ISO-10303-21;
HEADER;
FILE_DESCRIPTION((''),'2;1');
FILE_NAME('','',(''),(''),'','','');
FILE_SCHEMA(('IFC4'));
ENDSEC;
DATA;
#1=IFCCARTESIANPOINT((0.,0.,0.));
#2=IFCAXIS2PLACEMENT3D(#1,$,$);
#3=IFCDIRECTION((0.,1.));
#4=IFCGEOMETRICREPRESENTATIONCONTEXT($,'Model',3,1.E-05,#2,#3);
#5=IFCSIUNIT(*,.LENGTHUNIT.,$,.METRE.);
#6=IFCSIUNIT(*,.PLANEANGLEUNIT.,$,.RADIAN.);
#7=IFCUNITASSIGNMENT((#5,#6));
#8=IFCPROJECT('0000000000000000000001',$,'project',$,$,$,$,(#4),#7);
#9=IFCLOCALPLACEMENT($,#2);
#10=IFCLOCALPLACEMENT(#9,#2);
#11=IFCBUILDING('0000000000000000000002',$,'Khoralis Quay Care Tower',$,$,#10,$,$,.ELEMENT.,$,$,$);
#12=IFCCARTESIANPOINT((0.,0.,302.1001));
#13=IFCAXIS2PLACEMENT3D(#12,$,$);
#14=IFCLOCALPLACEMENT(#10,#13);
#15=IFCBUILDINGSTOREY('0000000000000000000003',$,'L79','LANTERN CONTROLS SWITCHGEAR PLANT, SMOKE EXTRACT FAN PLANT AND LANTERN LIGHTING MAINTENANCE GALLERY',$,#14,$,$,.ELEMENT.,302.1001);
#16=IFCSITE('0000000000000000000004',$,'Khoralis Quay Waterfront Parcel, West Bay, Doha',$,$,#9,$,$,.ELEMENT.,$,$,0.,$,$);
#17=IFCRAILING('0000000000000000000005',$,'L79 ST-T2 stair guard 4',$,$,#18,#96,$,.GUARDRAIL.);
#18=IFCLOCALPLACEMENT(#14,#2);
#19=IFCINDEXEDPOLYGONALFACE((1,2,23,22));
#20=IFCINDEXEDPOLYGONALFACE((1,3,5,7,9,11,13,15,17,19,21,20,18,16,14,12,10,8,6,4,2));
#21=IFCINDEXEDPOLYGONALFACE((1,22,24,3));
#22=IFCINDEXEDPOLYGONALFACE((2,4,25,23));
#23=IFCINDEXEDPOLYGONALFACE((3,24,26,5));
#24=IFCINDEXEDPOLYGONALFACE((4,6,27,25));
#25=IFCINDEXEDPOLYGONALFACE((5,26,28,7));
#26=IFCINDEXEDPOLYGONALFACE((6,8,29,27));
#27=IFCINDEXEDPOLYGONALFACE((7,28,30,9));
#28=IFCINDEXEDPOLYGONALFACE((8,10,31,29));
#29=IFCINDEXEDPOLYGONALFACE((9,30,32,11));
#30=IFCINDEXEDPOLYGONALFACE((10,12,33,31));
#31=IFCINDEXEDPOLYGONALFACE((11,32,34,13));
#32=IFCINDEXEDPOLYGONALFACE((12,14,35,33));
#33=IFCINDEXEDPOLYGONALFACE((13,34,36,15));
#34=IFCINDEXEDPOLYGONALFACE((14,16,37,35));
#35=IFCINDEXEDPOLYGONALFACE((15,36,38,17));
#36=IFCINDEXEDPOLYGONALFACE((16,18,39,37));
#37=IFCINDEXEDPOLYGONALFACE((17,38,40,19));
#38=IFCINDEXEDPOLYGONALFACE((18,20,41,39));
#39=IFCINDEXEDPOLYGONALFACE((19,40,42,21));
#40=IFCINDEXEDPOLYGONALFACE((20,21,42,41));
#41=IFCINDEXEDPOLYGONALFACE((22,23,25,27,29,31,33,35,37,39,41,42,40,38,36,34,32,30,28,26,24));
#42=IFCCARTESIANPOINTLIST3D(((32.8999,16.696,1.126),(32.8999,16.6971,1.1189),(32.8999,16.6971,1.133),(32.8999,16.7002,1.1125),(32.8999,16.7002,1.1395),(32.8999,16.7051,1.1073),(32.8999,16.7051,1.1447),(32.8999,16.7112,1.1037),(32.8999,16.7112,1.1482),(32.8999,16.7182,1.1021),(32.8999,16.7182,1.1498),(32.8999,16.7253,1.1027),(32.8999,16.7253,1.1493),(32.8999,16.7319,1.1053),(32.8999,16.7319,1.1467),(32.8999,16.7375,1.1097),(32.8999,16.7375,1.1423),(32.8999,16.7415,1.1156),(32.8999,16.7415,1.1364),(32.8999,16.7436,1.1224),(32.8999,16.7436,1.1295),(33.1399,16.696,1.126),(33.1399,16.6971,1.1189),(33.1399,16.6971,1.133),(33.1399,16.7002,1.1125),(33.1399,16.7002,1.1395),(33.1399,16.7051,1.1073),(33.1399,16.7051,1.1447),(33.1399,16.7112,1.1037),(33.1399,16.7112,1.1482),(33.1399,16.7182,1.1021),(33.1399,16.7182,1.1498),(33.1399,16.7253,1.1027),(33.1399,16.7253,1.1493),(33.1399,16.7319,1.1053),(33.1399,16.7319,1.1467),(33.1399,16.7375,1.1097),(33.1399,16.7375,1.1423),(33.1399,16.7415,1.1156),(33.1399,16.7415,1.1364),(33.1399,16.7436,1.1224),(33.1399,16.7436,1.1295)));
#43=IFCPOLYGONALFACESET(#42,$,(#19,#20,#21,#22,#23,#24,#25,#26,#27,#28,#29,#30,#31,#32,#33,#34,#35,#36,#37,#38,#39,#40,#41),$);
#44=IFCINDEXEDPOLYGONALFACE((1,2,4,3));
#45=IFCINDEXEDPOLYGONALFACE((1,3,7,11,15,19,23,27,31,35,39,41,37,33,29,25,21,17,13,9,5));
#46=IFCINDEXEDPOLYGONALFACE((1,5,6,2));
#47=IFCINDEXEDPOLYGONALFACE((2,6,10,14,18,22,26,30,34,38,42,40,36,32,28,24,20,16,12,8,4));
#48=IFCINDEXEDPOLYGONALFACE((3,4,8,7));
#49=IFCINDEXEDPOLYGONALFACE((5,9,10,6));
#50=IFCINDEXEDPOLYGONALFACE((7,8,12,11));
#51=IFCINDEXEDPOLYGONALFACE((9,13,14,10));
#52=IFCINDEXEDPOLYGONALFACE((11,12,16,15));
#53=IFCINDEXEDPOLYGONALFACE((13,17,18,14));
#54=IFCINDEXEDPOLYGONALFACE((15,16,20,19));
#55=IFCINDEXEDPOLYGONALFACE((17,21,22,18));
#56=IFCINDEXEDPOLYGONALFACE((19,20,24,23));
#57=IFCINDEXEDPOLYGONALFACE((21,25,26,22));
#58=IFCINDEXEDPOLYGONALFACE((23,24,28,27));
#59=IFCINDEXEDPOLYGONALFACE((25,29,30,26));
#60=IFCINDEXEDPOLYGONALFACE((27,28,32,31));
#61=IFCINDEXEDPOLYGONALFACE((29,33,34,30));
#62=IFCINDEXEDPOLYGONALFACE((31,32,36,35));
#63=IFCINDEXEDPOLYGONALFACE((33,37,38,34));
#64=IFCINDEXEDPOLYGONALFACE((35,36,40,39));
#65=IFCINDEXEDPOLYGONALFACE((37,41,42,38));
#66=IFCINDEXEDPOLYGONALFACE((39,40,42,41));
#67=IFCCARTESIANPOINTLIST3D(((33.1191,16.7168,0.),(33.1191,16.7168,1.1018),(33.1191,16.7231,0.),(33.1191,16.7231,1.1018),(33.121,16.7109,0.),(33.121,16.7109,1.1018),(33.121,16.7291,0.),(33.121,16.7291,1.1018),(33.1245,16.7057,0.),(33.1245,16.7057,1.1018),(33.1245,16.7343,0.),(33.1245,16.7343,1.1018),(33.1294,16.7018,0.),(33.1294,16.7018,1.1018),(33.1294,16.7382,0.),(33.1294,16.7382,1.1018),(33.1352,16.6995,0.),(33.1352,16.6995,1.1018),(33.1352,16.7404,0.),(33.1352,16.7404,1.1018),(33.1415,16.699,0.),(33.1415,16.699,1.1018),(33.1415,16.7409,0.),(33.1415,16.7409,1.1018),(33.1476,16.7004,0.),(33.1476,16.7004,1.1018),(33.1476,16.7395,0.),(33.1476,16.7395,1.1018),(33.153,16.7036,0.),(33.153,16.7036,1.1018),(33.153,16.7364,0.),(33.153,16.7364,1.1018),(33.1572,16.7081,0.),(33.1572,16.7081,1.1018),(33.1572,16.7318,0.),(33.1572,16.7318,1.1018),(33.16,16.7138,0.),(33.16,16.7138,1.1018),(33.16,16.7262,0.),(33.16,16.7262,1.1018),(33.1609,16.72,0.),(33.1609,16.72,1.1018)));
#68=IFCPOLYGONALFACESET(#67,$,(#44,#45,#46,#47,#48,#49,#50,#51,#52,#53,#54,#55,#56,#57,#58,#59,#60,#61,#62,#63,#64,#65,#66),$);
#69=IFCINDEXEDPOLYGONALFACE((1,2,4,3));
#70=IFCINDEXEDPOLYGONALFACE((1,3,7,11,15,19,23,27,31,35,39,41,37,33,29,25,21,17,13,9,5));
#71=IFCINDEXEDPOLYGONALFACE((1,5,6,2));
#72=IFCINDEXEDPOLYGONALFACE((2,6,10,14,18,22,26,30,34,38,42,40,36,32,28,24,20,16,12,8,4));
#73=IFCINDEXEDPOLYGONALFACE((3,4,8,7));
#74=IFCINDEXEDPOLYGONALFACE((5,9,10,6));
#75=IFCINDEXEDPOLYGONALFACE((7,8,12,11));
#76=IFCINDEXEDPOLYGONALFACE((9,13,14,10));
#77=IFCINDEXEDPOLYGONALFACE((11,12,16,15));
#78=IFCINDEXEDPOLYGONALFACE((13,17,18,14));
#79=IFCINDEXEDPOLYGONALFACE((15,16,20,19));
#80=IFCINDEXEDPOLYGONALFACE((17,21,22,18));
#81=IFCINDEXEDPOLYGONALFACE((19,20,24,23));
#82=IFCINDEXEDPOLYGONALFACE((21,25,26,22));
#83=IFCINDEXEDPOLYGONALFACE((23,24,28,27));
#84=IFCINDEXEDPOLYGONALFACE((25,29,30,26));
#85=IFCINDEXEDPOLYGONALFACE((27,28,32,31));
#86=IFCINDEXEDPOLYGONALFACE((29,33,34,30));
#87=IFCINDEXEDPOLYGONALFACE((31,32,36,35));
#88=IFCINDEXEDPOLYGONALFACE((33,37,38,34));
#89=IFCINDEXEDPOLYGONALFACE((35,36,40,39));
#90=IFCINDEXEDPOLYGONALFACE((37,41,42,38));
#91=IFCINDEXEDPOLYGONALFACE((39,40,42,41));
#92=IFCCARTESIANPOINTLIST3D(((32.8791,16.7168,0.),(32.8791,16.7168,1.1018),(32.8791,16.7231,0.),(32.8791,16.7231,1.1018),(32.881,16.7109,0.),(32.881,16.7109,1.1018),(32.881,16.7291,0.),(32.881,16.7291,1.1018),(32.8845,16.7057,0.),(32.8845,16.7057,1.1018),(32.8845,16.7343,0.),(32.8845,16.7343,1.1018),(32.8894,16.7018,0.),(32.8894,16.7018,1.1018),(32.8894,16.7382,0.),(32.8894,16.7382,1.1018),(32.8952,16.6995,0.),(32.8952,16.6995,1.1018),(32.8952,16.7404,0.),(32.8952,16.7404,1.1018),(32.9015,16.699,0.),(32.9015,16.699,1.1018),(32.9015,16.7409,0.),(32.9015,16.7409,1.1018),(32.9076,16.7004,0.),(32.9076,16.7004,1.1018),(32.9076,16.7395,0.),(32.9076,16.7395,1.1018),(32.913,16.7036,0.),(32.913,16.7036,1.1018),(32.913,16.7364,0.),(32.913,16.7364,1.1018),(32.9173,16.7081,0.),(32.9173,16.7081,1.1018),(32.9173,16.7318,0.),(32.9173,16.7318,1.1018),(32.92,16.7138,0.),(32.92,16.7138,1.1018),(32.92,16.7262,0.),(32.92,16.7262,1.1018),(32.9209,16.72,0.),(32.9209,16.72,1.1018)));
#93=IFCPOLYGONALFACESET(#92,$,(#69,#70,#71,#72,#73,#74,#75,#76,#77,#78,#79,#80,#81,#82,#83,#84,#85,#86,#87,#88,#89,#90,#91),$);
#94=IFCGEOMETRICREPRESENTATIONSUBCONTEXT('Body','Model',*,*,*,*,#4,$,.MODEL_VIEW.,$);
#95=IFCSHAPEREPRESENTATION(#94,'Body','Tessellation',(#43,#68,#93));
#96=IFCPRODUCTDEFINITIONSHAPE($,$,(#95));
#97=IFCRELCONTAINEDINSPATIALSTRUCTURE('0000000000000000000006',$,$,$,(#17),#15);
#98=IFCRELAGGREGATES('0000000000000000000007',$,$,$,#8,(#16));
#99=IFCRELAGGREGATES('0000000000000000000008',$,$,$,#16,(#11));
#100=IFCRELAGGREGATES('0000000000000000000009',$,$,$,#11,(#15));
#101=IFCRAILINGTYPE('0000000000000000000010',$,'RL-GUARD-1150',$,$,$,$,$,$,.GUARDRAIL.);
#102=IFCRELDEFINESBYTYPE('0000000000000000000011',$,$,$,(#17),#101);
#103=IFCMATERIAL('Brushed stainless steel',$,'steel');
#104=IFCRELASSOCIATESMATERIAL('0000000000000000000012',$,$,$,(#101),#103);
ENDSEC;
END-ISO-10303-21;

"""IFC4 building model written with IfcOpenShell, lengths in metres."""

from ifc_helpers import new_model, si_unit, direction, frame, origin, origin_2d, place, context, subcontext, project, spatial, circle, extrude, material, type_object, element, save


model = new_model("IFC4")

# Units and contexts
model_context = context("Model", 3, precision=1e-05, world=origin(), true_north=direction((0.0, 1.0)))
body_context = subcontext(model_context, "Body", "Model", "MODEL_VIEW")
ifc_project = project(units=[si_unit("LENGTHUNIT", "METRE"), si_unit("PLANEANGLEUNIT", "RADIAN")], contexts=[model_context])

# Site, building, storey
site_placement = place(None, origin())
site = spatial("IfcSite", under=ifc_project, at=site_placement, Name="Khoralis Quay Waterfront Parcel, West Bay, Doha", CompositionType="ELEMENT", RefElevation=0.0)
building_placement = place(site_placement, origin())
building = spatial("IfcBuilding", under=site, at=building_placement, Name="Khoralis Quay Care Tower", CompositionType="ELEMENT")
storey_placement = place(building_placement, frame((0.0, 0.0, 302.1001)))
storey = spatial("IfcBuildingStorey", under=building, at=storey_placement, Name="L79", Description="LANTERN CONTROLS SWITCHGEAR PLANT, SMOKE EXTRACT FAN PLANT AND LANTERN LIGHTING MAINTENANCE GALLERY", CompositionType="ELEMENT", Elevation=302.1001)

# Shared definitions
ifc_material_1 = material(Name="Brushed stainless steel", Category="steel")

# Railing
railing_type_1 = type_object("IfcRailingType", Name="RL-GUARD-1150", PredefinedType="GUARDRAIL", material=ifc_material_1)
railing_1_placement = place(storey_placement, frame((33.1399, 16.72, 0.0)))
element("IfcRailing", 1, at=railing_1_placement, inside=storey, type_object=railing_type_1, Name="L79 ST-T2 stair guard 4", PredefinedType="GUARDRAIL", context=body_context, shape_type="SweptSolid", body=[
    extrude(circle(Radius=0.0239, at=origin_2d()), frame((0.0, 0.0, 1.126), z_axis=(-1.0, 0.0, 0.0), x_axis=(0.0, -1.0, 0.0)), (0.0, 0.0, 1.0), 0.24),
    extrude(circle(Radius=0.021, at=origin_2d()), origin(), (0.0, 0.0, 1.0), 1.1018),
    extrude(circle(Radius=0.021, at=origin_2d()), frame((-0.24, 0.0, 0.0)), (0.0, 0.0, 1.0), 1.1018),
])

save(model, "model.ifc")
